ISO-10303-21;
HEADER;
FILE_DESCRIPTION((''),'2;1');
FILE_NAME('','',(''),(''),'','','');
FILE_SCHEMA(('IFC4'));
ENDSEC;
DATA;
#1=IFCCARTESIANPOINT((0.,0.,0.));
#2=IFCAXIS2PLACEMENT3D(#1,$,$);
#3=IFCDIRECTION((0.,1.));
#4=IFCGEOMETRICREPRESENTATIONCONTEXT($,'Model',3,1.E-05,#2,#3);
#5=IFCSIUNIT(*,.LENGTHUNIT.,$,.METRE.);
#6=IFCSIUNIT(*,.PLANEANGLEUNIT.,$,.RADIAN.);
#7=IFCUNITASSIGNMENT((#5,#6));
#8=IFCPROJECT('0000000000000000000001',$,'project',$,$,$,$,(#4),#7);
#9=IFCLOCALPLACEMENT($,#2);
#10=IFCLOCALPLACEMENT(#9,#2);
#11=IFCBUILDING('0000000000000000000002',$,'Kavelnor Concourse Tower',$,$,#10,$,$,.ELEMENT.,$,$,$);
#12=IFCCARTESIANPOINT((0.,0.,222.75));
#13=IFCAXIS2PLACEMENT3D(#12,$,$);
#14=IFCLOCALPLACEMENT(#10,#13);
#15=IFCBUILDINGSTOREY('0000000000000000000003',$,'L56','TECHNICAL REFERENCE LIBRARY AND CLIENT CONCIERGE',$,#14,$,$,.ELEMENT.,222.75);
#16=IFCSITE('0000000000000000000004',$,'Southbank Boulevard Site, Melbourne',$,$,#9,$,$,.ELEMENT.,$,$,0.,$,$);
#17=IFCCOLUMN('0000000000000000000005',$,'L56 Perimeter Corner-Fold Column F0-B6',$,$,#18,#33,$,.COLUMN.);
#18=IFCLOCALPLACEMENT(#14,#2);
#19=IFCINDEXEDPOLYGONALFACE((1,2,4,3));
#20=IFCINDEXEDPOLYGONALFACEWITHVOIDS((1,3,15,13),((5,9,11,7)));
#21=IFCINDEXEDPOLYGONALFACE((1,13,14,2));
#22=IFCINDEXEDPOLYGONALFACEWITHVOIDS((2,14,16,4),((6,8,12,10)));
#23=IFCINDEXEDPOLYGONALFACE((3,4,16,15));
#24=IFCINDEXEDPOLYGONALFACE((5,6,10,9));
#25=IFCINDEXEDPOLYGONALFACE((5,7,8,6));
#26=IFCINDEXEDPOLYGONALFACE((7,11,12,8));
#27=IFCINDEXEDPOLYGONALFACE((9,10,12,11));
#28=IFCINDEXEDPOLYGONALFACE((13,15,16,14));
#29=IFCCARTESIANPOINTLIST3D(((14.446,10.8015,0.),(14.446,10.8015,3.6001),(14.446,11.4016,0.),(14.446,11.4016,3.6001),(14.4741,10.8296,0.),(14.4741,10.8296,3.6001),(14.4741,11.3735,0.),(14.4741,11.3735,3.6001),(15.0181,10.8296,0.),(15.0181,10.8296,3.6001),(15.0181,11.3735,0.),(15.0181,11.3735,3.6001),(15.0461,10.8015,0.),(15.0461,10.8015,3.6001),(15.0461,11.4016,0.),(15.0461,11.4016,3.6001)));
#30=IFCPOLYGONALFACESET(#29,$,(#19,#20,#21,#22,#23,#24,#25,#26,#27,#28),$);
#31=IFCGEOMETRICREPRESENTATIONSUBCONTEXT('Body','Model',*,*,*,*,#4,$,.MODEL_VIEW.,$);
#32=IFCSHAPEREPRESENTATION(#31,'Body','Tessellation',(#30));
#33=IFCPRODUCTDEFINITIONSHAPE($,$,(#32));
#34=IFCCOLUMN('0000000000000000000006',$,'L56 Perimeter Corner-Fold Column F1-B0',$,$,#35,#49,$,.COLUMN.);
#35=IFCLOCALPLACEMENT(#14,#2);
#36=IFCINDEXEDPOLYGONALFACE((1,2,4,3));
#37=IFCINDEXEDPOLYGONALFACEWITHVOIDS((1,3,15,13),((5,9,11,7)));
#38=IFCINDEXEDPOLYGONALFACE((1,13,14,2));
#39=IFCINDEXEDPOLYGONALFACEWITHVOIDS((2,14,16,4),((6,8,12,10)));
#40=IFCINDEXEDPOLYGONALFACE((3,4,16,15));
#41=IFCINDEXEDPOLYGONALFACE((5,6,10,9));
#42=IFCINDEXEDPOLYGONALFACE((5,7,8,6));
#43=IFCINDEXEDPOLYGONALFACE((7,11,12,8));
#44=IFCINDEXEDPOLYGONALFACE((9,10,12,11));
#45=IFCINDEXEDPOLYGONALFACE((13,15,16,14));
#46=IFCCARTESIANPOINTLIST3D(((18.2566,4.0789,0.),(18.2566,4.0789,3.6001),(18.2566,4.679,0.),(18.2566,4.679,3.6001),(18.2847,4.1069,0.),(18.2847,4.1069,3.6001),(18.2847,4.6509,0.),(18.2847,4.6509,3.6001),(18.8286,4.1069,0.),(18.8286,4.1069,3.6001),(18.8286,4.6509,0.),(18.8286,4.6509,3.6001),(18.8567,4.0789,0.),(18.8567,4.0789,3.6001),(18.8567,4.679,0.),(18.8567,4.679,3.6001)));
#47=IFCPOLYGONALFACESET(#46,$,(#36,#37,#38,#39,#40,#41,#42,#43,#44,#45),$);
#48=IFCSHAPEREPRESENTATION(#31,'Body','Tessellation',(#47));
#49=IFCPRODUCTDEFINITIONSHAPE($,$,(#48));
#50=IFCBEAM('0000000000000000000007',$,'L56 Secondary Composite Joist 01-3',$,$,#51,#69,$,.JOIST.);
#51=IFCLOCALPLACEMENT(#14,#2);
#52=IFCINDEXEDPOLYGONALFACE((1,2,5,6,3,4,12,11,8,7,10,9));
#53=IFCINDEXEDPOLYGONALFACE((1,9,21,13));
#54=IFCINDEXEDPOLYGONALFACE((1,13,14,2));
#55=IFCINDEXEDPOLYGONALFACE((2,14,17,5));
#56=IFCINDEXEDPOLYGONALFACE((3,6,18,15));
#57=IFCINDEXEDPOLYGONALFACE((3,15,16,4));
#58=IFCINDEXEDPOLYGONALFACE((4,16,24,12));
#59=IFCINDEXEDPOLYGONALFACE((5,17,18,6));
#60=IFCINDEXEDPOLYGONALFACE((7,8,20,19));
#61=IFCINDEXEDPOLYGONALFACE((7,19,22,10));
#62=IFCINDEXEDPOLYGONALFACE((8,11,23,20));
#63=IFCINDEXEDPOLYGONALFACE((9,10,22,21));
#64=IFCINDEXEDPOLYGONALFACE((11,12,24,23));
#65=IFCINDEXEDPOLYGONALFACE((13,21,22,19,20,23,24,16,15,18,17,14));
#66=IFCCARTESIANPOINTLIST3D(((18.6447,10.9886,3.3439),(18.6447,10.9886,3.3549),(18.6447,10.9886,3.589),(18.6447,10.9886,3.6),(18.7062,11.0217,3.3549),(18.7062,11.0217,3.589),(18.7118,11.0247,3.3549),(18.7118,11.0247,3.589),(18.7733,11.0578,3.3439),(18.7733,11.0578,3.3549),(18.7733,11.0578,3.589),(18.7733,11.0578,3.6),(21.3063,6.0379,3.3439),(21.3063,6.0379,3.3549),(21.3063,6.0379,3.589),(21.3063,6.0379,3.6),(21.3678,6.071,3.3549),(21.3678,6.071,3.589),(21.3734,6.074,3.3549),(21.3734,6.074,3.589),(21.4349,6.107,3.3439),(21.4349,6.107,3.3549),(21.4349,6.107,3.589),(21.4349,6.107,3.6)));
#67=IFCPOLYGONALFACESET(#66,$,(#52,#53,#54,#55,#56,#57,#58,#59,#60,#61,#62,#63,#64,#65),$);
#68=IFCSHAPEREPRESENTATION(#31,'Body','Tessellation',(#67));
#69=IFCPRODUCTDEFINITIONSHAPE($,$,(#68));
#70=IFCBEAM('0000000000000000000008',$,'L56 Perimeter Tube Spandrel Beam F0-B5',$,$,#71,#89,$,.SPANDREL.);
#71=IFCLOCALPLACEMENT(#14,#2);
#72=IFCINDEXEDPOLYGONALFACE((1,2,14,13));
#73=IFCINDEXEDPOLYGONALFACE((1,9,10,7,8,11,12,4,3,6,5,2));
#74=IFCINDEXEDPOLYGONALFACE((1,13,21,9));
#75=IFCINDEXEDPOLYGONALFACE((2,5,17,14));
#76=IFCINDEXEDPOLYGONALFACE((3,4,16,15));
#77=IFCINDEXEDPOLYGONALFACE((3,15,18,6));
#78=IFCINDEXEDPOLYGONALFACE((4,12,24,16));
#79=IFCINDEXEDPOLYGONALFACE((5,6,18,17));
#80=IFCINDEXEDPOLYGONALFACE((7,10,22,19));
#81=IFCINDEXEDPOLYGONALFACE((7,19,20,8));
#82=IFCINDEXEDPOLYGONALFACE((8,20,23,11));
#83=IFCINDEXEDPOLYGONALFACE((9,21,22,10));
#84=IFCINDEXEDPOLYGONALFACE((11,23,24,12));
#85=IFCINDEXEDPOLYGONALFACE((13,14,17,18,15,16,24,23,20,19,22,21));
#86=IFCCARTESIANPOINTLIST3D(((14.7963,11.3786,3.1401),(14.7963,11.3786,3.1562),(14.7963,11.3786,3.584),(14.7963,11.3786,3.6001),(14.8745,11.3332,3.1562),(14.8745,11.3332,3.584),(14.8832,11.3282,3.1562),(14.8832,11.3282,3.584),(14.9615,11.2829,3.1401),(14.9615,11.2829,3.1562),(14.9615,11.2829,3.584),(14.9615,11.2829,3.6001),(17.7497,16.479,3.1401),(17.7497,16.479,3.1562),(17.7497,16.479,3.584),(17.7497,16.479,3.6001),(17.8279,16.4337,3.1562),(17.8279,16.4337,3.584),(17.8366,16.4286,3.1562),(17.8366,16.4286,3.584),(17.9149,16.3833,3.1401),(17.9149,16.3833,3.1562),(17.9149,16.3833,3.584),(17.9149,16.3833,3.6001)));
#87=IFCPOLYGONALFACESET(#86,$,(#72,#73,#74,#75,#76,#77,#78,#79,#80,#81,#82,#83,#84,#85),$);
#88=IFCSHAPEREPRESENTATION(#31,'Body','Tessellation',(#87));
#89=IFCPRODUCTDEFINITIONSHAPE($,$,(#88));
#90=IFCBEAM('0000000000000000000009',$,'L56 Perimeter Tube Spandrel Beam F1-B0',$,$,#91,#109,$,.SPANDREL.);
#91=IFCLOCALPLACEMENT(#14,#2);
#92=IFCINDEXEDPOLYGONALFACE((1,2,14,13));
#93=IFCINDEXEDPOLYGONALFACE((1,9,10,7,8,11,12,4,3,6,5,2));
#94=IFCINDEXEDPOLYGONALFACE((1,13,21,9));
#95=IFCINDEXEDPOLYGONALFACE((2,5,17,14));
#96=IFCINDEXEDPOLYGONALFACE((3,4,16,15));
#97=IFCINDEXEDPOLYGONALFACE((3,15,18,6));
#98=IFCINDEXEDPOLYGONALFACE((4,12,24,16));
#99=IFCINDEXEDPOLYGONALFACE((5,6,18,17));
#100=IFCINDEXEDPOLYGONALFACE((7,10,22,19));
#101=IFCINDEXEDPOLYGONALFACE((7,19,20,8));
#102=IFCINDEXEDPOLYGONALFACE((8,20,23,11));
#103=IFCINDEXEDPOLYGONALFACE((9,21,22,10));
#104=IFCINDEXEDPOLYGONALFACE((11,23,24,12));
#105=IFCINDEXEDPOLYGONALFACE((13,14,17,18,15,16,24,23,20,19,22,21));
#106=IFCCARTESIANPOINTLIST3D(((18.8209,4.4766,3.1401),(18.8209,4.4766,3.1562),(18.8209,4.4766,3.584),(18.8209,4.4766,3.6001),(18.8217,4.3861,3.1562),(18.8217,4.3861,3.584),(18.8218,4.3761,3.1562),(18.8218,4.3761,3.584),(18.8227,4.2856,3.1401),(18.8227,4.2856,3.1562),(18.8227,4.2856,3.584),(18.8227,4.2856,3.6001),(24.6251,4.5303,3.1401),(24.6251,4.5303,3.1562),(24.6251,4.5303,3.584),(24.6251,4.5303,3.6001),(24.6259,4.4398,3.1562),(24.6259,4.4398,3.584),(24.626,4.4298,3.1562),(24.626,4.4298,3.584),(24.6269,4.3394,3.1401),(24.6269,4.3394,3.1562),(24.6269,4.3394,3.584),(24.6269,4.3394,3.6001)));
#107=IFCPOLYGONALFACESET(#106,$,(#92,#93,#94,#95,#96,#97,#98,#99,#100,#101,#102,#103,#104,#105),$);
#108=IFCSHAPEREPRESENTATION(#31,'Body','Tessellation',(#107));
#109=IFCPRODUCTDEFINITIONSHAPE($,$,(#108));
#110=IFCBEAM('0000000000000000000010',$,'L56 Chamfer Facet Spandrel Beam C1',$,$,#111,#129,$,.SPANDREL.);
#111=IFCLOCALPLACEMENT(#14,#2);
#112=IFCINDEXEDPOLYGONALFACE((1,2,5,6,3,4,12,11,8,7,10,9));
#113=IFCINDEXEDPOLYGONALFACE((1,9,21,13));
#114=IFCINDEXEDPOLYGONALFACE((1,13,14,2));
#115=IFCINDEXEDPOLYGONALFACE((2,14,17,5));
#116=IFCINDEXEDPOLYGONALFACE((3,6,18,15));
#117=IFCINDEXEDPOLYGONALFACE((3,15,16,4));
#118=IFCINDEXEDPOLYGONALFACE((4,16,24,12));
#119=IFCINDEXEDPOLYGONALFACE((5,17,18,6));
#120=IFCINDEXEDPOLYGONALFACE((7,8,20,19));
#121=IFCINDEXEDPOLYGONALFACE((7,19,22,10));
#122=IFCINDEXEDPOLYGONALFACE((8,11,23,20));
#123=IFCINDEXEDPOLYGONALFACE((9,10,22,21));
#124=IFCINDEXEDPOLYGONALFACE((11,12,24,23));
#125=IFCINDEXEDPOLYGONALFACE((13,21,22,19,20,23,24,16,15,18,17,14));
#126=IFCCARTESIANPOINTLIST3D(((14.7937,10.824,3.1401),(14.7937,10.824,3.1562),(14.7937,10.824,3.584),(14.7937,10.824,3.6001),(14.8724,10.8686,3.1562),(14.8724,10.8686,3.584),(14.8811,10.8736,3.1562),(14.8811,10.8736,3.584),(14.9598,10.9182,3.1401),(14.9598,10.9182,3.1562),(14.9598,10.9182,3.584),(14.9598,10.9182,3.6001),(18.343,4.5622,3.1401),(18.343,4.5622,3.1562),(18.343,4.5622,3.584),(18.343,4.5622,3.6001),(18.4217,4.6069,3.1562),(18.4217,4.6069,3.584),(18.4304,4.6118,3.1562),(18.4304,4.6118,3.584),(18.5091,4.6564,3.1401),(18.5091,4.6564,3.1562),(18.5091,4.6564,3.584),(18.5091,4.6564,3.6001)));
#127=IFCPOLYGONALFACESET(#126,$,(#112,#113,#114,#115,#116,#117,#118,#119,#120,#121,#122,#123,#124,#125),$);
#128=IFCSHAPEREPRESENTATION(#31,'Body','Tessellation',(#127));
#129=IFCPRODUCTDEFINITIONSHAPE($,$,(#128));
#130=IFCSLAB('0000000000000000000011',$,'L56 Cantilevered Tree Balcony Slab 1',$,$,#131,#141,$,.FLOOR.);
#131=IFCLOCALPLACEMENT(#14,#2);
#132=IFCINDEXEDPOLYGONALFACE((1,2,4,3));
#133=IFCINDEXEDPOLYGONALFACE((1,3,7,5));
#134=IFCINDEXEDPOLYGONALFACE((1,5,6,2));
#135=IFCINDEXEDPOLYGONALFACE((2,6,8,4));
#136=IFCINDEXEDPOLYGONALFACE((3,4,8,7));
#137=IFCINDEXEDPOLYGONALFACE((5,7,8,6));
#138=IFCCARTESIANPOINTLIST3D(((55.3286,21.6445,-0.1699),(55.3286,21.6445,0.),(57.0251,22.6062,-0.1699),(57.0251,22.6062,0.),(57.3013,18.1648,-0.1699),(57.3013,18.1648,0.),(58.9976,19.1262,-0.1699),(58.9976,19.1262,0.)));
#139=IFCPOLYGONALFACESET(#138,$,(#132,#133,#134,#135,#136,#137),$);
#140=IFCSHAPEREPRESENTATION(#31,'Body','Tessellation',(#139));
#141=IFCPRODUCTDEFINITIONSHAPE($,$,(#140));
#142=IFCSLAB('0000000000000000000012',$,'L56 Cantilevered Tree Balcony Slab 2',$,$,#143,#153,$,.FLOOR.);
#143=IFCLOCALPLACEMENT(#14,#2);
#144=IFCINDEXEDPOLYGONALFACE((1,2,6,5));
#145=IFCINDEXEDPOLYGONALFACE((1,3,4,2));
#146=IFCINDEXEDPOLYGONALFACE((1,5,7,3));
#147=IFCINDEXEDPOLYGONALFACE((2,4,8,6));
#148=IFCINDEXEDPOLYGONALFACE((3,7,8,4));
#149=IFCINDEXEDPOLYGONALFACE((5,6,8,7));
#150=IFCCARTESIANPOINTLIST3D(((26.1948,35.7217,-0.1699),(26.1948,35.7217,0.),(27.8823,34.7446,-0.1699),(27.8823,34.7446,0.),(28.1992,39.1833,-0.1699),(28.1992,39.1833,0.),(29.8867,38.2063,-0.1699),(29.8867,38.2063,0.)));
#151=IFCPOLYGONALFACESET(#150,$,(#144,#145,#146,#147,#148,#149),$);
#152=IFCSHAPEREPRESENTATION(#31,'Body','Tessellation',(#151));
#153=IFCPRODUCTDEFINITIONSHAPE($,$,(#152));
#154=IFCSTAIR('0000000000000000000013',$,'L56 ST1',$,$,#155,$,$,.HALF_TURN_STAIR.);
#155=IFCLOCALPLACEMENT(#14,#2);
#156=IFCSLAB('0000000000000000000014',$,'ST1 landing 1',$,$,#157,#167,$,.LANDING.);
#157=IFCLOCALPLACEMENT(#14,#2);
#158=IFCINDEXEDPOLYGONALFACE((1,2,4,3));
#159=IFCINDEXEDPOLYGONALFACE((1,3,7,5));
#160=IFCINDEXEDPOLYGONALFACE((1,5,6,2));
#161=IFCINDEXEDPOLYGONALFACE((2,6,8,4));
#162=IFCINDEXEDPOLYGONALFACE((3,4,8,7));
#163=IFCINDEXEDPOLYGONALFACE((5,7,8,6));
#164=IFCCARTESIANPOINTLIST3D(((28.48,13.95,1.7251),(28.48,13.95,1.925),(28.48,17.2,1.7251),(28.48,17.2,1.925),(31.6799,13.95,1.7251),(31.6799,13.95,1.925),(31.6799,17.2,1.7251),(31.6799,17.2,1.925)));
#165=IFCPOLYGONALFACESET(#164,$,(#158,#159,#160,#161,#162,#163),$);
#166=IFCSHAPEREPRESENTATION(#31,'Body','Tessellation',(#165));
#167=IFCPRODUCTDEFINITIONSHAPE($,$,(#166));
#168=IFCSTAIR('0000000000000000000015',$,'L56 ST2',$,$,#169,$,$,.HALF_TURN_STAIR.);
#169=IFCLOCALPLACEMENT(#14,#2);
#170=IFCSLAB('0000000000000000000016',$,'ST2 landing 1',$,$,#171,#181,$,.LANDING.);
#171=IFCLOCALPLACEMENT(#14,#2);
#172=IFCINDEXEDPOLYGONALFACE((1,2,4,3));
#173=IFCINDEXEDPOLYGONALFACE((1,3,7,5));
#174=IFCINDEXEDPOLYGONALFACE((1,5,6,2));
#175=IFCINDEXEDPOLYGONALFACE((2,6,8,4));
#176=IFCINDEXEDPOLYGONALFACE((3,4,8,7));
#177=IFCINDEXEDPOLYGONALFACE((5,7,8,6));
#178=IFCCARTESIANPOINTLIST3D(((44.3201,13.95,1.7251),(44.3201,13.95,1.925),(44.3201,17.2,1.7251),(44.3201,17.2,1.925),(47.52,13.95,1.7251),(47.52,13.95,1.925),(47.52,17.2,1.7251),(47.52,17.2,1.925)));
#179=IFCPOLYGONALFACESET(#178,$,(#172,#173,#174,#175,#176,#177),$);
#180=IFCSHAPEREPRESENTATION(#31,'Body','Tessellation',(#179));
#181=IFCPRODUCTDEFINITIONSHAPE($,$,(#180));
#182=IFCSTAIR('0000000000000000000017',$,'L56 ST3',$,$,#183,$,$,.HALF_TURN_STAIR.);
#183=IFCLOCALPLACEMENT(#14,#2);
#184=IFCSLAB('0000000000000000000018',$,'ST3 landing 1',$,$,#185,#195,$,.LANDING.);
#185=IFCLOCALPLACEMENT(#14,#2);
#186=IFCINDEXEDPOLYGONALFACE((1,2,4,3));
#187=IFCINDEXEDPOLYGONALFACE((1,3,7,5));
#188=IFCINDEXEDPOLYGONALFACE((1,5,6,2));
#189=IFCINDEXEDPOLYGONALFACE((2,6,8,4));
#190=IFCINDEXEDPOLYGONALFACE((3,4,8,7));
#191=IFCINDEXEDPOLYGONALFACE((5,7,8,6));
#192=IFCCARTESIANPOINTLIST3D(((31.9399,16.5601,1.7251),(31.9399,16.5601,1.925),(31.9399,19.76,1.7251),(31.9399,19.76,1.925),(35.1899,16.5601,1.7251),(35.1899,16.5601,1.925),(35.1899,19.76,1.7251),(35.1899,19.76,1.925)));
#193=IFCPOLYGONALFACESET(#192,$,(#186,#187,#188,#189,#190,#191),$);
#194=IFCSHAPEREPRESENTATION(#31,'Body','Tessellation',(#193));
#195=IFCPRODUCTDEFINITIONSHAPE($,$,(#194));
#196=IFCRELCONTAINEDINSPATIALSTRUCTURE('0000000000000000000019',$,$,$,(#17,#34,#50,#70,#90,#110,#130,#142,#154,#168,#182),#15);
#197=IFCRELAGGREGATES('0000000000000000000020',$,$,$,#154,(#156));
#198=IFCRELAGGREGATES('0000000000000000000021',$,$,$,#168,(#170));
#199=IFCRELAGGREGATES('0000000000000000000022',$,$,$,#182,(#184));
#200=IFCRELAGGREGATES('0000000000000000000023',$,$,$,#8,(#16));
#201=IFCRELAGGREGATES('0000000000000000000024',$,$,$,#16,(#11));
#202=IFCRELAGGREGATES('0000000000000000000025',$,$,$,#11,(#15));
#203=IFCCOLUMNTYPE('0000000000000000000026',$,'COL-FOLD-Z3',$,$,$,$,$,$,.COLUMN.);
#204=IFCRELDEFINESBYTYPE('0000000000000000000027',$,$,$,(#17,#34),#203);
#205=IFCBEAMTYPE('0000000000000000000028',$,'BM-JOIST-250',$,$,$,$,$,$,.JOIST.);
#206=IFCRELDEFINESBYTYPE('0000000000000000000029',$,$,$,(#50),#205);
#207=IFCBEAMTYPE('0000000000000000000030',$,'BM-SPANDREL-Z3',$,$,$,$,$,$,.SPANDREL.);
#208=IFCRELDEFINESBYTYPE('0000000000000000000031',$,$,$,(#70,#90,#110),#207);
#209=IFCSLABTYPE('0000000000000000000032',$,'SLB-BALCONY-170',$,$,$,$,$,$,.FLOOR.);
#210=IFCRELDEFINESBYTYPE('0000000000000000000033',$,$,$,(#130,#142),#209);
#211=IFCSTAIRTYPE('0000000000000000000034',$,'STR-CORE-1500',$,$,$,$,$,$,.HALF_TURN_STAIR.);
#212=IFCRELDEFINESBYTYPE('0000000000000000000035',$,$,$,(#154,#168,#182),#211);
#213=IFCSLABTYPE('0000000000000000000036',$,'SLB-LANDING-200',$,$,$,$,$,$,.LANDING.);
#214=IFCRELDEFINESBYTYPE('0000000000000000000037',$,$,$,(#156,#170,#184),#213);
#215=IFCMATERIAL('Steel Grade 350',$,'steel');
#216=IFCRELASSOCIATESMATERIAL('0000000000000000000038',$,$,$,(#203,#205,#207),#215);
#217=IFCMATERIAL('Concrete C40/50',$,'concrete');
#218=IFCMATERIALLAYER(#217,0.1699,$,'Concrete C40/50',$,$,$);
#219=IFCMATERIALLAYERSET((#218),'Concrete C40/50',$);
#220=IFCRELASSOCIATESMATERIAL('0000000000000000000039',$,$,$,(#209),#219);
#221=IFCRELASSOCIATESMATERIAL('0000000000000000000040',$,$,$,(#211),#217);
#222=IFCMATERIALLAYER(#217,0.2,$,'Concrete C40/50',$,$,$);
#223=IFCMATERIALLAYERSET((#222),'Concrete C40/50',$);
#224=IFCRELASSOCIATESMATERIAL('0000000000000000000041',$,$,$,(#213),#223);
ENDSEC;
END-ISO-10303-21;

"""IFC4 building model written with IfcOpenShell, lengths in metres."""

from ifc_helpers import new_model, si_unit, direction, frame, origin, origin_2d, place, context, subcontext, project, spatial, polyline, hollow_rectangle, i_section, outline, extrude, material, layer, layer_set, material_profile, profile_set, type_object, element, aggregate, save


model = new_model("IFC4")

# Units and contexts
model_context = context("Model", 3, precision=1e-05, world=origin(), true_north=direction((0.0, 1.0)))
body_context = subcontext(model_context, "Body", "Model", "MODEL_VIEW")
ifc_project = project(units=[si_unit("LENGTHUNIT", "METRE"), si_unit("PLANEANGLEUNIT", "RADIAN")], contexts=[model_context])

# Site, building, storey
site_placement = place(None, origin())
site = spatial("IfcSite", under=ifc_project, at=site_placement, Name="Southbank Boulevard Site, Melbourne", CompositionType="ELEMENT", RefElevation=0.0)
building_placement = place(site_placement, origin())
building = spatial("IfcBuilding", under=site, at=building_placement, Name="Kavelnor Concourse Tower", CompositionType="ELEMENT")
storey_placement = place(building_placement, frame((0.0, 0.0, 222.75)))
storey = spatial("IfcBuildingStorey", under=building, at=storey_placement, Name="L56", Description="TECHNICAL REFERENCE LIBRARY AND CLIENT CONCIERGE", CompositionType="ELEMENT", Elevation=222.75)

# Columns
ifc_material_1 = material(Name="Steel Grade 350", Category="steel")
ifc_material_profile_1 = material_profile(ifc_material_1, hollow_rectangle(XDim=0.6001, YDim=0.6001, WallThickness=0.0281, at=origin_2d()), Name="SHS 600x600x28")
ifc_profile_set_1 = profile_set([ifc_material_profile_1], Name="Steel Grade 350")
column_type = type_object("IfcColumnType", Name="COL-FOLD-Z3", PredefinedType="COLUMN", material=ifc_profile_set_1)
for number, where, z_axis, x_axis, name in (
    (1, (14.7461, 11.1016, 0.0), (0.0, 0.0, 1.0), (1.0, 0.0, 0.0), "L56 Perimeter Corner-Fold Column F0-B6"),
    (2, (18.5566, 4.3789, 0.0), (0.0, 0.0, 1.0), (1.0, 0.0, 0.0), "L56 Perimeter Corner-Fold Column F1-B0"),
):
    element("IfcColumn", number, at=place(storey_placement, frame(where, z_axis=z_axis, x_axis=x_axis)), inside=storey, type_object=column_type, Name=name, PredefinedType="COLUMN", context=body_context, shape_type="SweptSolid", body=[
        extrude(hollow_rectangle(XDim=0.6001, YDim=0.6001, WallThickness=0.0281, at=origin_2d()), origin(), (0.0, 0.0, 1.0), 3.6001),
    ])

# Beams
ifc_material_profile_2 = material_profile(ifc_material_1, i_section(OverallWidth=0.146, OverallDepth=0.2561, WebThickness=0.0063, FlangeThickness=0.011, at=origin_2d()), Name="250UB37")
ifc_profile_set_2 = profile_set([ifc_material_profile_2], Name="Steel Grade 350")
beam_type_1 = type_object("IfcBeamType", Name="BM-JOIST-250", PredefinedType="JOIST", material=ifc_profile_set_2)
beam_1_placement = place(storey_placement, frame((18.709, 11.0232, 3.4719), z_axis=(0.47353, -0.880778, 0.0), x_axis=(0.880778, 0.47353, 0.0)))
element("IfcBeam", 3, at=beam_1_placement, inside=storey, type_object=beam_type_1, Name="L56 Secondary Composite Joist 01-3", PredefinedType="JOIST", context=body_context, shape_type="SweptSolid", body=[
    extrude(i_section(OverallWidth=0.146, OverallDepth=0.2561, WebThickness=0.0063, FlangeThickness=0.011, at=origin_2d()), origin(), (0.0, 0.0, 1.0), 5.6208),
])
ifc_material_profile_3 = material_profile(ifc_material_1, i_section(OverallWidth=0.1909, OverallDepth=0.46, WebThickness=0.01, FlangeThickness=0.0161, at=origin_2d()), Name="460UB82")
ifc_profile_set_3 = profile_set([ifc_material_profile_3], Name="Steel Grade 350")
beam_type_2 = type_object("IfcBeamType", Name="BM-SPANDREL-Z3", PredefinedType="SPANDREL", material=ifc_profile_set_3)
beam_2_placement = place(storey_placement, frame((17.8323, 16.4312, 3.3701), z_axis=(-0.501105, -0.865387, 0.0), x_axis=(0.865387, -0.501105, 0.0)))
element("IfcBeam", 4, at=beam_2_placement, inside=storey, type_object=beam_type_2, Name="L56 Perimeter Tube Spandrel Beam F0-B5", PredefinedType="SPANDREL", context=body_context, shape_type="SweptSolid", body=[
    extrude(i_section(OverallWidth=0.1909, OverallDepth=0.46, WebThickness=0.01, FlangeThickness=0.0161, at=origin_2d()), origin(), (0.0, 0.0, 1.0), 5.8938),
])
beam_3_placement = place(storey_placement, frame((18.8218, 4.3811, 3.3701), z_axis=(0.999957, 0.009253, 0.0), x_axis=(-0.009253, 0.999957, 0.0)))
element("IfcBeam", 5, at=beam_3_placement, inside=storey, type_object=beam_type_2, Name="L56 Perimeter Tube Spandrel Beam F1-B0", PredefinedType="SPANDREL", context=body_context, shape_type="SweptSolid", body=[
    extrude(i_section(OverallWidth=0.1909, OverallDepth=0.46, WebThickness=0.01, FlangeThickness=0.0161, at=origin_2d()), origin(), (0.0, 0.0, 1.0), 5.8044),
])
beam_4_placement = place(storey_placement, frame((14.8767, 10.8711, 3.3701), z_axis=(0.493119, -0.869962, 0.0), x_axis=(0.869962, 0.493119, 0.0)))
element("IfcBeam", 6, at=beam_4_placement, inside=storey, type_object=beam_type_2, Name="L56 Chamfer Facet Spandrel Beam C1", PredefinedType="SPANDREL", context=body_context, shape_type="SweptSolid", body=[
    extrude(i_section(OverallWidth=0.1909, OverallDepth=0.46, WebThickness=0.01, FlangeThickness=0.0161, at=origin_2d()), origin(), (0.0, 0.0, 1.0), 7.1978),
])

# Slabs
ifc_material_2 = material(Name="Concrete C40/50", Category="concrete")
ifc_layer_1 = layer(ifc_material_2, 0.1699, Name="Concrete C40/50")
ifc_layer_set_1 = layer_set([ifc_layer_1], Name="Concrete C40/50")
slab_type_1 = type_object("IfcSlabType", Name="SLB-BALCONY-170", PredefinedType="FLOOR", material=ifc_layer_set_1)
slab_1_placement = place(storey_placement, frame((0.0, 0.0, -0.1699)))
element("IfcSlab", 7, at=slab_1_placement, inside=storey, type_object=slab_type_1, Name="L56 Cantilevered Tree Balcony Slab 1", PredefinedType="FLOOR", context=body_context, shape_type="SweptSolid", body=[
    extrude(outline(polyline([(57.0251, 22.6062), (58.9976, 19.1262), (57.3013, 18.1648), (55.3286, 21.6445), (57.0251, 22.6062)])), origin(), (0.0, 0.0, 1.0), 0.1699),
])
slab_2_placement = place(storey_placement, frame((0.0, 0.0, -0.1699)))
element("IfcSlab", 8, at=slab_2_placement, inside=storey, type_object=slab_type_1, Name="L56 Cantilevered Tree Balcony Slab 2", PredefinedType="FLOOR", context=body_context, shape_type="SweptSolid", body=[
    extrude(outline(polyline([(26.1948, 35.7217), (28.1992, 39.1833), (29.8867, 38.2063), (27.8823, 34.7446), (26.1948, 35.7217)])), origin(), (0.0, 0.0, 1.0), 0.1699),
])

# Stairs, slabs
stair_type = type_object("IfcStairType", Name="STR-CORE-1500", PredefinedType="HALF_TURN_STAIR", material=ifc_material_2)
stair_1_placement = place(storey_placement, origin())
stair_1 = element("IfcStair", 9, at=stair_1_placement, inside=storey, type_object=stair_type, Name="L56 ST1", PredefinedType="HALF_TURN_STAIR")
ifc_layer_2 = layer(ifc_material_2, 0.2, Name="Concrete C40/50")
ifc_layer_set_2 = layer_set([ifc_layer_2], Name="Concrete C40/50")
slab_type_2 = type_object("IfcSlabType", Name="SLB-LANDING-200", PredefinedType="LANDING", material=ifc_layer_set_2)
slab_3_placement = place(storey_placement, frame((0.0, 0.0, 1.7251)))
slab_3 = element("IfcSlab", 10, at=slab_3_placement, type_object=slab_type_2, Name="ST1 landing 1", PredefinedType="LANDING", context=body_context, shape_type="SweptSolid", body=[
    extrude(outline(polyline([(31.6799, 13.95), (31.6799, 17.2), (28.48, 17.2), (28.48, 13.95), (31.6799, 13.95)])), origin(), (0.0, 0.0, 1.0), 0.2),
])
aggregate(stair_1, [slab_3])
stair_2_placement = place(storey_placement, origin())
stair_2 = element("IfcStair", 11, at=stair_2_placement, inside=storey, type_object=stair_type, Name="L56 ST2", PredefinedType="HALF_TURN_STAIR")
slab_4_placement = place(storey_placement, frame((0.0, 0.0, 1.7251)))
slab_4 = element("IfcSlab", 12, at=slab_4_placement, type_object=slab_type_2, Name="ST2 landing 1", PredefinedType="LANDING", context=body_context, shape_type="SweptSolid", body=[
    extrude(outline(polyline([(47.52, 13.95), (47.52, 17.2), (44.3201, 17.2), (44.3201, 13.95), (47.52, 13.95)])), origin(), (0.0, 0.0, 1.0), 0.2),
])
aggregate(stair_2, [slab_4])
stair_3_placement = place(storey_placement, origin())
stair_3 = element("IfcStair", 13, at=stair_3_placement, inside=storey, type_object=stair_type, Name="L56 ST3", PredefinedType="HALF_TURN_STAIR")
slab_5_placement = place(storey_placement, frame((0.0, 0.0, 1.7251)))
slab_5 = element("IfcSlab", 14, at=slab_5_placement, type_object=slab_type_2, Name="ST3 landing 1", PredefinedType="LANDING", context=body_context, shape_type="SweptSolid", body=[
    extrude(outline(polyline([(35.1899, 19.76), (31.9399, 19.76), (31.9399, 16.5601), (35.1899, 16.5601), (35.1899, 19.76)])), origin(), (0.0, 0.0, 1.0), 0.2),
])
aggregate(stair_3, [slab_5])

save(model, "model.ifc")
